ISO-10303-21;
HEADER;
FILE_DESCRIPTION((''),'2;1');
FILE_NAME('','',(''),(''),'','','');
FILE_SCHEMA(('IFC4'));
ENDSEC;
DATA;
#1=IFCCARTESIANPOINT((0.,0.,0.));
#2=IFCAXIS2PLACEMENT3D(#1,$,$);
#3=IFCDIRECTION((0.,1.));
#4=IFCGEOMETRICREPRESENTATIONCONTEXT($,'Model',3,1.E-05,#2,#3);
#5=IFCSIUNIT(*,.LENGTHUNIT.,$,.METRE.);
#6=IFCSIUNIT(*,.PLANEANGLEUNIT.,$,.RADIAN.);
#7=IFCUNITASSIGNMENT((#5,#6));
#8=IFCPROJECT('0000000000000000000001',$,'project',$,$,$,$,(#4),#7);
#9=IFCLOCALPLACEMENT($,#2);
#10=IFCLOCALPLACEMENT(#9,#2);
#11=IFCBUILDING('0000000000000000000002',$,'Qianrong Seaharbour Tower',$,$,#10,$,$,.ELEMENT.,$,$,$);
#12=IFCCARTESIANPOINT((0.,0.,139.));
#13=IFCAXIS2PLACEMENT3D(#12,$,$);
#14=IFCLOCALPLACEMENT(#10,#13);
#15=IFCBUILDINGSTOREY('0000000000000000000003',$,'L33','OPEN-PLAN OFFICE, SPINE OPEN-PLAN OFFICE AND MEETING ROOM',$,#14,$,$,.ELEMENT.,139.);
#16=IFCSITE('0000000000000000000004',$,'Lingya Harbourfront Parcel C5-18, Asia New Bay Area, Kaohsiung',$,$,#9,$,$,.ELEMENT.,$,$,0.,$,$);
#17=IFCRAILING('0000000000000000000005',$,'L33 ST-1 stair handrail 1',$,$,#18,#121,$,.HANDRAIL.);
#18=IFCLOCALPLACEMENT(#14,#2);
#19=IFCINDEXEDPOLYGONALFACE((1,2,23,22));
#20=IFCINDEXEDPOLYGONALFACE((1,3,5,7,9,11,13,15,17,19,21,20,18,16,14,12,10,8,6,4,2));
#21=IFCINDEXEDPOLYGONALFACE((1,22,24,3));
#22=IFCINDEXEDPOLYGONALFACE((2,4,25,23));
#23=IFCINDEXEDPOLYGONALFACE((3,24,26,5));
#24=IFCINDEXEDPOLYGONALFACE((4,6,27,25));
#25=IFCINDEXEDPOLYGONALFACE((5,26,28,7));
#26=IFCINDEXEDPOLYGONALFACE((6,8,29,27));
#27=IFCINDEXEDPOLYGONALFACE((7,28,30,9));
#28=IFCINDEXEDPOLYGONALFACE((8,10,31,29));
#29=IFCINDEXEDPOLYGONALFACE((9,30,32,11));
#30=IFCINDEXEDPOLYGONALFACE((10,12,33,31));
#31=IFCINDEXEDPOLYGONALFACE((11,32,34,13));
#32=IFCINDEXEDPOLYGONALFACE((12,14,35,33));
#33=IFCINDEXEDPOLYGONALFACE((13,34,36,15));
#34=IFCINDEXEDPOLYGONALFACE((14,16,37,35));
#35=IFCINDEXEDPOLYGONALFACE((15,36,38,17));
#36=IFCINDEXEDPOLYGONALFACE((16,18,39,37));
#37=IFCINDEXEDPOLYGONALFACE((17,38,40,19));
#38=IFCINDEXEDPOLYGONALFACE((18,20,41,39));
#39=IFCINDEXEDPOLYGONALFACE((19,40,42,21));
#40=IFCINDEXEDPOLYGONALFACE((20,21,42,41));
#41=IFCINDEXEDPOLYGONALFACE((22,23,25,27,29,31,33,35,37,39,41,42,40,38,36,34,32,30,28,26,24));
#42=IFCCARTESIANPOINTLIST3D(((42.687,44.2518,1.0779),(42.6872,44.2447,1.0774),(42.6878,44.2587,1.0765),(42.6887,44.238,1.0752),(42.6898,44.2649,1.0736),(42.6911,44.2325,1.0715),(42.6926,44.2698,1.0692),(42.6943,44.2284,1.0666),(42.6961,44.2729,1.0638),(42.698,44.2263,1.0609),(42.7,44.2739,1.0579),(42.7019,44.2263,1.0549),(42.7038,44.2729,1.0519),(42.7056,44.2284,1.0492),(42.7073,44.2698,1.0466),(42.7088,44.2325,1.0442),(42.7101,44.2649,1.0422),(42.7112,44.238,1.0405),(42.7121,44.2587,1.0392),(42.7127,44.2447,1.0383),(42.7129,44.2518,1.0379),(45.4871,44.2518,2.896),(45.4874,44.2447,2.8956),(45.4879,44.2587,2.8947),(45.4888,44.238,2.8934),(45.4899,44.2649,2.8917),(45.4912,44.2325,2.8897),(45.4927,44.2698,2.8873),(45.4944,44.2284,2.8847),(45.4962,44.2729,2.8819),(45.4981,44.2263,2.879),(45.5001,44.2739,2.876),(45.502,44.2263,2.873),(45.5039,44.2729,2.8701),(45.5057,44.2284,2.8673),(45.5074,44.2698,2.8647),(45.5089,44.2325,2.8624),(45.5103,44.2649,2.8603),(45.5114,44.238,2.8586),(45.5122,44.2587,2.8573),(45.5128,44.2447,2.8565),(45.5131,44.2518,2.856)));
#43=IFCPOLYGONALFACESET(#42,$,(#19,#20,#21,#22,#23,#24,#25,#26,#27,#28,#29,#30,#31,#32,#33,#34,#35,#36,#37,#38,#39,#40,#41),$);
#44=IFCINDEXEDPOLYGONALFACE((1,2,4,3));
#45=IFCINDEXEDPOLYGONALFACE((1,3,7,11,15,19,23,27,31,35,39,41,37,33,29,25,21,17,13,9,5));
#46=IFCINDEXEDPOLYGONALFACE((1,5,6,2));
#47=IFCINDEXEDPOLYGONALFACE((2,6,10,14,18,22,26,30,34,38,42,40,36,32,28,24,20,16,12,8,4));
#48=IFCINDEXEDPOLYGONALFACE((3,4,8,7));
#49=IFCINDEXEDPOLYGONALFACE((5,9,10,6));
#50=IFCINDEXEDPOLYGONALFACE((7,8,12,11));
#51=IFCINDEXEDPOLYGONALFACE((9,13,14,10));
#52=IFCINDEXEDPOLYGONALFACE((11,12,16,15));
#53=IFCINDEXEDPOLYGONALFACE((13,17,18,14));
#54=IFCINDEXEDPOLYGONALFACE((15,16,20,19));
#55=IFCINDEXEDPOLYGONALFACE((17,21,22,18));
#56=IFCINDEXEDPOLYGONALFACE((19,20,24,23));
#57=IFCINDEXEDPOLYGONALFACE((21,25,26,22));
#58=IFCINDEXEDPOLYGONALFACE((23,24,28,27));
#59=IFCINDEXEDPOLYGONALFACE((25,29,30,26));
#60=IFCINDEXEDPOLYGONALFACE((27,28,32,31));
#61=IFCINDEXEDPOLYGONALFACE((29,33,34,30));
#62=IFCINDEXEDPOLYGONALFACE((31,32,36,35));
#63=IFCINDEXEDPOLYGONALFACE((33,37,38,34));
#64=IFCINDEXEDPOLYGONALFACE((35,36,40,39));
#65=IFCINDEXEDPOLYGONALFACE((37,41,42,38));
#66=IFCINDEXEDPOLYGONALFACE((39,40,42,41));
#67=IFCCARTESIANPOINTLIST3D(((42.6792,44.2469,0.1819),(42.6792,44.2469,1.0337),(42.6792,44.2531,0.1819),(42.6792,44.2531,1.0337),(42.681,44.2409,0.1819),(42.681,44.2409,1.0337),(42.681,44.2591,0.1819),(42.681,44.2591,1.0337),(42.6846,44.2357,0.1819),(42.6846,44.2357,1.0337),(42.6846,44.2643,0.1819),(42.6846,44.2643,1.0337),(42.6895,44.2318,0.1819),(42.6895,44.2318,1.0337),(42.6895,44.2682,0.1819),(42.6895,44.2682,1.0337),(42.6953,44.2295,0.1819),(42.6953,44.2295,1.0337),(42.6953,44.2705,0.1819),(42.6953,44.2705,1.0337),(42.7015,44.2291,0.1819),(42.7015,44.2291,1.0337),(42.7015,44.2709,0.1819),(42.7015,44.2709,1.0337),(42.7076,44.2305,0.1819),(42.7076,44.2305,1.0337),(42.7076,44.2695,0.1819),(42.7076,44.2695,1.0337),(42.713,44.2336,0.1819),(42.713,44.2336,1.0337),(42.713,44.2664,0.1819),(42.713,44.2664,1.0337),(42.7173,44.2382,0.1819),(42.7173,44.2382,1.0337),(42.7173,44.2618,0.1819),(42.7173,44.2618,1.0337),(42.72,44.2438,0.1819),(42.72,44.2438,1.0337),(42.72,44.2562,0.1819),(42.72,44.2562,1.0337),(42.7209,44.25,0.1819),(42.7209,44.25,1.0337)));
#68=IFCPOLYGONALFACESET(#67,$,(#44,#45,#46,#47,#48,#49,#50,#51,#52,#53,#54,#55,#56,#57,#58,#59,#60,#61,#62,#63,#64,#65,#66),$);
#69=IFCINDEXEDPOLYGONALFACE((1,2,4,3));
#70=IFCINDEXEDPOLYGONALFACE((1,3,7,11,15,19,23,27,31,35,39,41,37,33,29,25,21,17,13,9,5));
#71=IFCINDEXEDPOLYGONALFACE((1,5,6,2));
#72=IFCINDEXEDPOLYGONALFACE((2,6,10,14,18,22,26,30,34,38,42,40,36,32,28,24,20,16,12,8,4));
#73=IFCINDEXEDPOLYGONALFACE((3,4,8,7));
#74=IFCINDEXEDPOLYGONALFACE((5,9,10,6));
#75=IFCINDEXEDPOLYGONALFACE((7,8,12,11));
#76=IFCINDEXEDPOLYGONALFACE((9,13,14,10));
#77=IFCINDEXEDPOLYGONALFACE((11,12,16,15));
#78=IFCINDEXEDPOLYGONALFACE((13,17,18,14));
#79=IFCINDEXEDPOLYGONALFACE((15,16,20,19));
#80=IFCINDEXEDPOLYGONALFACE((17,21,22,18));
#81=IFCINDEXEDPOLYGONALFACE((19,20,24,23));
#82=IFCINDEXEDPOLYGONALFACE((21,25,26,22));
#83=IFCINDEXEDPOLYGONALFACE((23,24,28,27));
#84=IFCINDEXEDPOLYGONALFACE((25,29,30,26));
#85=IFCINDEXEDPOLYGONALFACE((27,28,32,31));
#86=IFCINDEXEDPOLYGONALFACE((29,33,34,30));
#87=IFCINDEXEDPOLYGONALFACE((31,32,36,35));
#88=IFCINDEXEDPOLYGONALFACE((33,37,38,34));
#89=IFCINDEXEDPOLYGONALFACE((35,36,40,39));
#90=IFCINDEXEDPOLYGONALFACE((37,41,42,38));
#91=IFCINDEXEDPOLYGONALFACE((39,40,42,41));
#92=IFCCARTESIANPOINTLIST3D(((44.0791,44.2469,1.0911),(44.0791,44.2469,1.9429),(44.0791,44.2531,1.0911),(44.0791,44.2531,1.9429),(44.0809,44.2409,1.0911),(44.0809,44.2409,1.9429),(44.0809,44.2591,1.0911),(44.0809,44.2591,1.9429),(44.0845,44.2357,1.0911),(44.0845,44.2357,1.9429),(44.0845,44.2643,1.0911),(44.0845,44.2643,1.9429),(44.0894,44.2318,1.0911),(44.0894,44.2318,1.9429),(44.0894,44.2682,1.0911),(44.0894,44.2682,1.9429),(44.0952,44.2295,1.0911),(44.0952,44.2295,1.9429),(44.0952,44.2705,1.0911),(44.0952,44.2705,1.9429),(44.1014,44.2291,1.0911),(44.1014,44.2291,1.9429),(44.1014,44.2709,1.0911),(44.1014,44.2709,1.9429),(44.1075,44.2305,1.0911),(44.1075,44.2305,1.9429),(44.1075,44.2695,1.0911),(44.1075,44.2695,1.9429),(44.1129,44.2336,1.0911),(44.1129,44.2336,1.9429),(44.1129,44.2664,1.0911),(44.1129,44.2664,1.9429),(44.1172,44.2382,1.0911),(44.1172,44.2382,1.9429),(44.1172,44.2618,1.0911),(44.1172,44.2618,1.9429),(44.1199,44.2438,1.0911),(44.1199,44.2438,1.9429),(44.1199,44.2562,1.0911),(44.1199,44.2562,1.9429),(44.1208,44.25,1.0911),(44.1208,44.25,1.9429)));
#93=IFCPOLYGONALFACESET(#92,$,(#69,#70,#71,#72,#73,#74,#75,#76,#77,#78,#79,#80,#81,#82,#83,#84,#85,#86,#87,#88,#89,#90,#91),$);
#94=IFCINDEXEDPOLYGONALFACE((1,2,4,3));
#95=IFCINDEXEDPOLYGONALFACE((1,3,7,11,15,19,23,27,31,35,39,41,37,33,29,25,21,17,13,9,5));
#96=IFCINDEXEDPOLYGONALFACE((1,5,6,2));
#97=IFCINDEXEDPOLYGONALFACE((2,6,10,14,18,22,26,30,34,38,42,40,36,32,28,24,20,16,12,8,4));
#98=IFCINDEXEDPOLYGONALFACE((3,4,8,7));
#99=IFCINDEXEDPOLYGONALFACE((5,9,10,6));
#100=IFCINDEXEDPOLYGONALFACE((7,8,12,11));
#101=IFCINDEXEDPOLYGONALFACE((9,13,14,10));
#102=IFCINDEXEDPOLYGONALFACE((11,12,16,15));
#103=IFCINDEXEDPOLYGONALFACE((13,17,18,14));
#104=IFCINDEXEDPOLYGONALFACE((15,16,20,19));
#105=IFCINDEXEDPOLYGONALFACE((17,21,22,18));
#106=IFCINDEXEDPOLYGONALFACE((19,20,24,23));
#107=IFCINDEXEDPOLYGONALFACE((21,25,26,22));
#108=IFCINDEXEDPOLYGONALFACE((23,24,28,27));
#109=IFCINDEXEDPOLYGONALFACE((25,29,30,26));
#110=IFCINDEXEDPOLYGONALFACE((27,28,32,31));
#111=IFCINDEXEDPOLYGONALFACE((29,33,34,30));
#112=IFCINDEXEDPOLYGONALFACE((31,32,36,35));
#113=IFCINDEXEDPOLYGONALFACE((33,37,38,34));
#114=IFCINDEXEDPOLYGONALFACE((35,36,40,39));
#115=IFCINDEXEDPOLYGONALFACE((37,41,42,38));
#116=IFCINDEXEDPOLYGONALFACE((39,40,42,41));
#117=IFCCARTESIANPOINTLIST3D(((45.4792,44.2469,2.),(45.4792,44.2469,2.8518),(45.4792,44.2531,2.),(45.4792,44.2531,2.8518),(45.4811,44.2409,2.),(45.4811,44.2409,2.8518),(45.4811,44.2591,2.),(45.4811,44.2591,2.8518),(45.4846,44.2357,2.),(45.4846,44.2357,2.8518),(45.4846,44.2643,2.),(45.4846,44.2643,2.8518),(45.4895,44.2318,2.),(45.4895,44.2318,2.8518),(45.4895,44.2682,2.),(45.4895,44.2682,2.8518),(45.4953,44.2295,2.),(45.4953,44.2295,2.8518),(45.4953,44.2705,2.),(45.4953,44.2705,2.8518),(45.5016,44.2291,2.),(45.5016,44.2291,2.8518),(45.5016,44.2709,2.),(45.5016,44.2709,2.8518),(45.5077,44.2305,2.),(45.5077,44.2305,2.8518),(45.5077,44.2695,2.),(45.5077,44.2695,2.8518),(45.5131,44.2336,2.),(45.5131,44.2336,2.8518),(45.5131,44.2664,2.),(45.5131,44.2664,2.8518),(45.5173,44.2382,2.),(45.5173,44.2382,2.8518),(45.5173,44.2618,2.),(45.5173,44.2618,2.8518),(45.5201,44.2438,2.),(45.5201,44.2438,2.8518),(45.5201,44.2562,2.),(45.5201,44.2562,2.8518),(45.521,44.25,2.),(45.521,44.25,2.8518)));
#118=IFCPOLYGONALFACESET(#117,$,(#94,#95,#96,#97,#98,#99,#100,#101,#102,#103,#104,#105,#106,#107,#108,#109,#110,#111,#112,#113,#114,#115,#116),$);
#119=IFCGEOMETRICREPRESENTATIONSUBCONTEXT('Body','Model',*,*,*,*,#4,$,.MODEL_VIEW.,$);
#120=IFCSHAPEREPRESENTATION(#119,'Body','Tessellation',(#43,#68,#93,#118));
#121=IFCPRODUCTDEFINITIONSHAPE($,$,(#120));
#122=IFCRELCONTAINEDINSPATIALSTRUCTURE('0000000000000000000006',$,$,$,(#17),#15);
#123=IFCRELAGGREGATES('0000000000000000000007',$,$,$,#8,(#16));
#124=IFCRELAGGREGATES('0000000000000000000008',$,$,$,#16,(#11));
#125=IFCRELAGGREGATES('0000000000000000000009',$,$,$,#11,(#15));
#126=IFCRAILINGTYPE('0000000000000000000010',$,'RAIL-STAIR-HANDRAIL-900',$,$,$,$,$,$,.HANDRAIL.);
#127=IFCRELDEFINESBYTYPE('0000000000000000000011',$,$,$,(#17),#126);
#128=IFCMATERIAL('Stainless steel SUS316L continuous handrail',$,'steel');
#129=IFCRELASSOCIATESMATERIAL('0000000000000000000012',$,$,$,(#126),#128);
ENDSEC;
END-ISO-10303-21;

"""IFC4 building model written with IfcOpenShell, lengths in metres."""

from ifc_helpers import new_model, si_unit, direction, frame, origin, origin_2d, place, context, subcontext, project, spatial, circle, extrude, material, type_object, element, save


model = new_model("IFC4")

# Units and contexts
model_context = context("Model", 3, precision=1e-05, world=origin(), true_north=direction((0.0, 1.0)))
body_context = subcontext(model_context, "Body", "Model", "MODEL_VIEW")
ifc_project = project(units=[si_unit("LENGTHUNIT", "METRE"), si_unit("PLANEANGLEUNIT", "RADIAN")], contexts=[model_context])

# Site, building, storey
site_placement = place(None, origin())
site = spatial("IfcSite", under=ifc_project, at=site_placement, Name="Lingya Harbourfront Parcel C5-18, Asia New Bay Area, Kaohsiung", CompositionType="ELEMENT", RefElevation=0.0)
building_placement = place(site_placement, origin())
building = spatial("IfcBuilding", under=site, at=building_placement, Name="Qianrong Seaharbour Tower", CompositionType="ELEMENT")
storey_placement = place(building_placement, frame((0.0, 0.0, 139.0)))
storey = spatial("IfcBuildingStorey", under=building, at=storey_placement, Name="L33", Description="OPEN-PLAN OFFICE, SPINE OPEN-PLAN OFFICE AND MEETING ROOM", CompositionType="ELEMENT", Elevation=139.0)

# Railing
ifc_material_1 = material(Name="Stainless steel SUS316L continuous handrail", Category="steel")
railing_type_1 = type_object("IfcRailingType", Name="RAIL-STAIR-HANDRAIL-900", PredefinedType="HANDRAIL", material=ifc_material_1)
railing_1_placement = place(storey_placement, frame((42.7, 44.25, 0.1819)))
element("IfcRailing", 1, at=railing_1_placement, inside=storey, type_object=railing_type_1, Name="L33 ST-1 stair handrail 1", PredefinedType="HANDRAIL", context=body_context, shape_type="SweptSolid", body=[
    extrude(circle(Radius=0.0239, at=origin_2d()), frame((0.0, 0.0, 0.876), z_axis=(0.838706, 0.0, 0.544585), x_axis=(0.0, 1.0, 0.0)), (0.0, 0.0, 1.0), 3.3386),
    extrude(circle(Radius=0.021, at=origin_2d()), origin(), (0.0, 0.0, 1.0), 0.8518),
    extrude(circle(Radius=0.021, at=origin_2d()), frame((1.3999, 0.0, 0.9092)), (0.0, 0.0, 1.0), 0.8518),
    extrude(circle(Radius=0.021, at=origin_2d()), frame((2.8, 0.0, 1.8181)), (0.0, 0.0, 1.0), 0.8518),
])

save(model, "model.ifc")
